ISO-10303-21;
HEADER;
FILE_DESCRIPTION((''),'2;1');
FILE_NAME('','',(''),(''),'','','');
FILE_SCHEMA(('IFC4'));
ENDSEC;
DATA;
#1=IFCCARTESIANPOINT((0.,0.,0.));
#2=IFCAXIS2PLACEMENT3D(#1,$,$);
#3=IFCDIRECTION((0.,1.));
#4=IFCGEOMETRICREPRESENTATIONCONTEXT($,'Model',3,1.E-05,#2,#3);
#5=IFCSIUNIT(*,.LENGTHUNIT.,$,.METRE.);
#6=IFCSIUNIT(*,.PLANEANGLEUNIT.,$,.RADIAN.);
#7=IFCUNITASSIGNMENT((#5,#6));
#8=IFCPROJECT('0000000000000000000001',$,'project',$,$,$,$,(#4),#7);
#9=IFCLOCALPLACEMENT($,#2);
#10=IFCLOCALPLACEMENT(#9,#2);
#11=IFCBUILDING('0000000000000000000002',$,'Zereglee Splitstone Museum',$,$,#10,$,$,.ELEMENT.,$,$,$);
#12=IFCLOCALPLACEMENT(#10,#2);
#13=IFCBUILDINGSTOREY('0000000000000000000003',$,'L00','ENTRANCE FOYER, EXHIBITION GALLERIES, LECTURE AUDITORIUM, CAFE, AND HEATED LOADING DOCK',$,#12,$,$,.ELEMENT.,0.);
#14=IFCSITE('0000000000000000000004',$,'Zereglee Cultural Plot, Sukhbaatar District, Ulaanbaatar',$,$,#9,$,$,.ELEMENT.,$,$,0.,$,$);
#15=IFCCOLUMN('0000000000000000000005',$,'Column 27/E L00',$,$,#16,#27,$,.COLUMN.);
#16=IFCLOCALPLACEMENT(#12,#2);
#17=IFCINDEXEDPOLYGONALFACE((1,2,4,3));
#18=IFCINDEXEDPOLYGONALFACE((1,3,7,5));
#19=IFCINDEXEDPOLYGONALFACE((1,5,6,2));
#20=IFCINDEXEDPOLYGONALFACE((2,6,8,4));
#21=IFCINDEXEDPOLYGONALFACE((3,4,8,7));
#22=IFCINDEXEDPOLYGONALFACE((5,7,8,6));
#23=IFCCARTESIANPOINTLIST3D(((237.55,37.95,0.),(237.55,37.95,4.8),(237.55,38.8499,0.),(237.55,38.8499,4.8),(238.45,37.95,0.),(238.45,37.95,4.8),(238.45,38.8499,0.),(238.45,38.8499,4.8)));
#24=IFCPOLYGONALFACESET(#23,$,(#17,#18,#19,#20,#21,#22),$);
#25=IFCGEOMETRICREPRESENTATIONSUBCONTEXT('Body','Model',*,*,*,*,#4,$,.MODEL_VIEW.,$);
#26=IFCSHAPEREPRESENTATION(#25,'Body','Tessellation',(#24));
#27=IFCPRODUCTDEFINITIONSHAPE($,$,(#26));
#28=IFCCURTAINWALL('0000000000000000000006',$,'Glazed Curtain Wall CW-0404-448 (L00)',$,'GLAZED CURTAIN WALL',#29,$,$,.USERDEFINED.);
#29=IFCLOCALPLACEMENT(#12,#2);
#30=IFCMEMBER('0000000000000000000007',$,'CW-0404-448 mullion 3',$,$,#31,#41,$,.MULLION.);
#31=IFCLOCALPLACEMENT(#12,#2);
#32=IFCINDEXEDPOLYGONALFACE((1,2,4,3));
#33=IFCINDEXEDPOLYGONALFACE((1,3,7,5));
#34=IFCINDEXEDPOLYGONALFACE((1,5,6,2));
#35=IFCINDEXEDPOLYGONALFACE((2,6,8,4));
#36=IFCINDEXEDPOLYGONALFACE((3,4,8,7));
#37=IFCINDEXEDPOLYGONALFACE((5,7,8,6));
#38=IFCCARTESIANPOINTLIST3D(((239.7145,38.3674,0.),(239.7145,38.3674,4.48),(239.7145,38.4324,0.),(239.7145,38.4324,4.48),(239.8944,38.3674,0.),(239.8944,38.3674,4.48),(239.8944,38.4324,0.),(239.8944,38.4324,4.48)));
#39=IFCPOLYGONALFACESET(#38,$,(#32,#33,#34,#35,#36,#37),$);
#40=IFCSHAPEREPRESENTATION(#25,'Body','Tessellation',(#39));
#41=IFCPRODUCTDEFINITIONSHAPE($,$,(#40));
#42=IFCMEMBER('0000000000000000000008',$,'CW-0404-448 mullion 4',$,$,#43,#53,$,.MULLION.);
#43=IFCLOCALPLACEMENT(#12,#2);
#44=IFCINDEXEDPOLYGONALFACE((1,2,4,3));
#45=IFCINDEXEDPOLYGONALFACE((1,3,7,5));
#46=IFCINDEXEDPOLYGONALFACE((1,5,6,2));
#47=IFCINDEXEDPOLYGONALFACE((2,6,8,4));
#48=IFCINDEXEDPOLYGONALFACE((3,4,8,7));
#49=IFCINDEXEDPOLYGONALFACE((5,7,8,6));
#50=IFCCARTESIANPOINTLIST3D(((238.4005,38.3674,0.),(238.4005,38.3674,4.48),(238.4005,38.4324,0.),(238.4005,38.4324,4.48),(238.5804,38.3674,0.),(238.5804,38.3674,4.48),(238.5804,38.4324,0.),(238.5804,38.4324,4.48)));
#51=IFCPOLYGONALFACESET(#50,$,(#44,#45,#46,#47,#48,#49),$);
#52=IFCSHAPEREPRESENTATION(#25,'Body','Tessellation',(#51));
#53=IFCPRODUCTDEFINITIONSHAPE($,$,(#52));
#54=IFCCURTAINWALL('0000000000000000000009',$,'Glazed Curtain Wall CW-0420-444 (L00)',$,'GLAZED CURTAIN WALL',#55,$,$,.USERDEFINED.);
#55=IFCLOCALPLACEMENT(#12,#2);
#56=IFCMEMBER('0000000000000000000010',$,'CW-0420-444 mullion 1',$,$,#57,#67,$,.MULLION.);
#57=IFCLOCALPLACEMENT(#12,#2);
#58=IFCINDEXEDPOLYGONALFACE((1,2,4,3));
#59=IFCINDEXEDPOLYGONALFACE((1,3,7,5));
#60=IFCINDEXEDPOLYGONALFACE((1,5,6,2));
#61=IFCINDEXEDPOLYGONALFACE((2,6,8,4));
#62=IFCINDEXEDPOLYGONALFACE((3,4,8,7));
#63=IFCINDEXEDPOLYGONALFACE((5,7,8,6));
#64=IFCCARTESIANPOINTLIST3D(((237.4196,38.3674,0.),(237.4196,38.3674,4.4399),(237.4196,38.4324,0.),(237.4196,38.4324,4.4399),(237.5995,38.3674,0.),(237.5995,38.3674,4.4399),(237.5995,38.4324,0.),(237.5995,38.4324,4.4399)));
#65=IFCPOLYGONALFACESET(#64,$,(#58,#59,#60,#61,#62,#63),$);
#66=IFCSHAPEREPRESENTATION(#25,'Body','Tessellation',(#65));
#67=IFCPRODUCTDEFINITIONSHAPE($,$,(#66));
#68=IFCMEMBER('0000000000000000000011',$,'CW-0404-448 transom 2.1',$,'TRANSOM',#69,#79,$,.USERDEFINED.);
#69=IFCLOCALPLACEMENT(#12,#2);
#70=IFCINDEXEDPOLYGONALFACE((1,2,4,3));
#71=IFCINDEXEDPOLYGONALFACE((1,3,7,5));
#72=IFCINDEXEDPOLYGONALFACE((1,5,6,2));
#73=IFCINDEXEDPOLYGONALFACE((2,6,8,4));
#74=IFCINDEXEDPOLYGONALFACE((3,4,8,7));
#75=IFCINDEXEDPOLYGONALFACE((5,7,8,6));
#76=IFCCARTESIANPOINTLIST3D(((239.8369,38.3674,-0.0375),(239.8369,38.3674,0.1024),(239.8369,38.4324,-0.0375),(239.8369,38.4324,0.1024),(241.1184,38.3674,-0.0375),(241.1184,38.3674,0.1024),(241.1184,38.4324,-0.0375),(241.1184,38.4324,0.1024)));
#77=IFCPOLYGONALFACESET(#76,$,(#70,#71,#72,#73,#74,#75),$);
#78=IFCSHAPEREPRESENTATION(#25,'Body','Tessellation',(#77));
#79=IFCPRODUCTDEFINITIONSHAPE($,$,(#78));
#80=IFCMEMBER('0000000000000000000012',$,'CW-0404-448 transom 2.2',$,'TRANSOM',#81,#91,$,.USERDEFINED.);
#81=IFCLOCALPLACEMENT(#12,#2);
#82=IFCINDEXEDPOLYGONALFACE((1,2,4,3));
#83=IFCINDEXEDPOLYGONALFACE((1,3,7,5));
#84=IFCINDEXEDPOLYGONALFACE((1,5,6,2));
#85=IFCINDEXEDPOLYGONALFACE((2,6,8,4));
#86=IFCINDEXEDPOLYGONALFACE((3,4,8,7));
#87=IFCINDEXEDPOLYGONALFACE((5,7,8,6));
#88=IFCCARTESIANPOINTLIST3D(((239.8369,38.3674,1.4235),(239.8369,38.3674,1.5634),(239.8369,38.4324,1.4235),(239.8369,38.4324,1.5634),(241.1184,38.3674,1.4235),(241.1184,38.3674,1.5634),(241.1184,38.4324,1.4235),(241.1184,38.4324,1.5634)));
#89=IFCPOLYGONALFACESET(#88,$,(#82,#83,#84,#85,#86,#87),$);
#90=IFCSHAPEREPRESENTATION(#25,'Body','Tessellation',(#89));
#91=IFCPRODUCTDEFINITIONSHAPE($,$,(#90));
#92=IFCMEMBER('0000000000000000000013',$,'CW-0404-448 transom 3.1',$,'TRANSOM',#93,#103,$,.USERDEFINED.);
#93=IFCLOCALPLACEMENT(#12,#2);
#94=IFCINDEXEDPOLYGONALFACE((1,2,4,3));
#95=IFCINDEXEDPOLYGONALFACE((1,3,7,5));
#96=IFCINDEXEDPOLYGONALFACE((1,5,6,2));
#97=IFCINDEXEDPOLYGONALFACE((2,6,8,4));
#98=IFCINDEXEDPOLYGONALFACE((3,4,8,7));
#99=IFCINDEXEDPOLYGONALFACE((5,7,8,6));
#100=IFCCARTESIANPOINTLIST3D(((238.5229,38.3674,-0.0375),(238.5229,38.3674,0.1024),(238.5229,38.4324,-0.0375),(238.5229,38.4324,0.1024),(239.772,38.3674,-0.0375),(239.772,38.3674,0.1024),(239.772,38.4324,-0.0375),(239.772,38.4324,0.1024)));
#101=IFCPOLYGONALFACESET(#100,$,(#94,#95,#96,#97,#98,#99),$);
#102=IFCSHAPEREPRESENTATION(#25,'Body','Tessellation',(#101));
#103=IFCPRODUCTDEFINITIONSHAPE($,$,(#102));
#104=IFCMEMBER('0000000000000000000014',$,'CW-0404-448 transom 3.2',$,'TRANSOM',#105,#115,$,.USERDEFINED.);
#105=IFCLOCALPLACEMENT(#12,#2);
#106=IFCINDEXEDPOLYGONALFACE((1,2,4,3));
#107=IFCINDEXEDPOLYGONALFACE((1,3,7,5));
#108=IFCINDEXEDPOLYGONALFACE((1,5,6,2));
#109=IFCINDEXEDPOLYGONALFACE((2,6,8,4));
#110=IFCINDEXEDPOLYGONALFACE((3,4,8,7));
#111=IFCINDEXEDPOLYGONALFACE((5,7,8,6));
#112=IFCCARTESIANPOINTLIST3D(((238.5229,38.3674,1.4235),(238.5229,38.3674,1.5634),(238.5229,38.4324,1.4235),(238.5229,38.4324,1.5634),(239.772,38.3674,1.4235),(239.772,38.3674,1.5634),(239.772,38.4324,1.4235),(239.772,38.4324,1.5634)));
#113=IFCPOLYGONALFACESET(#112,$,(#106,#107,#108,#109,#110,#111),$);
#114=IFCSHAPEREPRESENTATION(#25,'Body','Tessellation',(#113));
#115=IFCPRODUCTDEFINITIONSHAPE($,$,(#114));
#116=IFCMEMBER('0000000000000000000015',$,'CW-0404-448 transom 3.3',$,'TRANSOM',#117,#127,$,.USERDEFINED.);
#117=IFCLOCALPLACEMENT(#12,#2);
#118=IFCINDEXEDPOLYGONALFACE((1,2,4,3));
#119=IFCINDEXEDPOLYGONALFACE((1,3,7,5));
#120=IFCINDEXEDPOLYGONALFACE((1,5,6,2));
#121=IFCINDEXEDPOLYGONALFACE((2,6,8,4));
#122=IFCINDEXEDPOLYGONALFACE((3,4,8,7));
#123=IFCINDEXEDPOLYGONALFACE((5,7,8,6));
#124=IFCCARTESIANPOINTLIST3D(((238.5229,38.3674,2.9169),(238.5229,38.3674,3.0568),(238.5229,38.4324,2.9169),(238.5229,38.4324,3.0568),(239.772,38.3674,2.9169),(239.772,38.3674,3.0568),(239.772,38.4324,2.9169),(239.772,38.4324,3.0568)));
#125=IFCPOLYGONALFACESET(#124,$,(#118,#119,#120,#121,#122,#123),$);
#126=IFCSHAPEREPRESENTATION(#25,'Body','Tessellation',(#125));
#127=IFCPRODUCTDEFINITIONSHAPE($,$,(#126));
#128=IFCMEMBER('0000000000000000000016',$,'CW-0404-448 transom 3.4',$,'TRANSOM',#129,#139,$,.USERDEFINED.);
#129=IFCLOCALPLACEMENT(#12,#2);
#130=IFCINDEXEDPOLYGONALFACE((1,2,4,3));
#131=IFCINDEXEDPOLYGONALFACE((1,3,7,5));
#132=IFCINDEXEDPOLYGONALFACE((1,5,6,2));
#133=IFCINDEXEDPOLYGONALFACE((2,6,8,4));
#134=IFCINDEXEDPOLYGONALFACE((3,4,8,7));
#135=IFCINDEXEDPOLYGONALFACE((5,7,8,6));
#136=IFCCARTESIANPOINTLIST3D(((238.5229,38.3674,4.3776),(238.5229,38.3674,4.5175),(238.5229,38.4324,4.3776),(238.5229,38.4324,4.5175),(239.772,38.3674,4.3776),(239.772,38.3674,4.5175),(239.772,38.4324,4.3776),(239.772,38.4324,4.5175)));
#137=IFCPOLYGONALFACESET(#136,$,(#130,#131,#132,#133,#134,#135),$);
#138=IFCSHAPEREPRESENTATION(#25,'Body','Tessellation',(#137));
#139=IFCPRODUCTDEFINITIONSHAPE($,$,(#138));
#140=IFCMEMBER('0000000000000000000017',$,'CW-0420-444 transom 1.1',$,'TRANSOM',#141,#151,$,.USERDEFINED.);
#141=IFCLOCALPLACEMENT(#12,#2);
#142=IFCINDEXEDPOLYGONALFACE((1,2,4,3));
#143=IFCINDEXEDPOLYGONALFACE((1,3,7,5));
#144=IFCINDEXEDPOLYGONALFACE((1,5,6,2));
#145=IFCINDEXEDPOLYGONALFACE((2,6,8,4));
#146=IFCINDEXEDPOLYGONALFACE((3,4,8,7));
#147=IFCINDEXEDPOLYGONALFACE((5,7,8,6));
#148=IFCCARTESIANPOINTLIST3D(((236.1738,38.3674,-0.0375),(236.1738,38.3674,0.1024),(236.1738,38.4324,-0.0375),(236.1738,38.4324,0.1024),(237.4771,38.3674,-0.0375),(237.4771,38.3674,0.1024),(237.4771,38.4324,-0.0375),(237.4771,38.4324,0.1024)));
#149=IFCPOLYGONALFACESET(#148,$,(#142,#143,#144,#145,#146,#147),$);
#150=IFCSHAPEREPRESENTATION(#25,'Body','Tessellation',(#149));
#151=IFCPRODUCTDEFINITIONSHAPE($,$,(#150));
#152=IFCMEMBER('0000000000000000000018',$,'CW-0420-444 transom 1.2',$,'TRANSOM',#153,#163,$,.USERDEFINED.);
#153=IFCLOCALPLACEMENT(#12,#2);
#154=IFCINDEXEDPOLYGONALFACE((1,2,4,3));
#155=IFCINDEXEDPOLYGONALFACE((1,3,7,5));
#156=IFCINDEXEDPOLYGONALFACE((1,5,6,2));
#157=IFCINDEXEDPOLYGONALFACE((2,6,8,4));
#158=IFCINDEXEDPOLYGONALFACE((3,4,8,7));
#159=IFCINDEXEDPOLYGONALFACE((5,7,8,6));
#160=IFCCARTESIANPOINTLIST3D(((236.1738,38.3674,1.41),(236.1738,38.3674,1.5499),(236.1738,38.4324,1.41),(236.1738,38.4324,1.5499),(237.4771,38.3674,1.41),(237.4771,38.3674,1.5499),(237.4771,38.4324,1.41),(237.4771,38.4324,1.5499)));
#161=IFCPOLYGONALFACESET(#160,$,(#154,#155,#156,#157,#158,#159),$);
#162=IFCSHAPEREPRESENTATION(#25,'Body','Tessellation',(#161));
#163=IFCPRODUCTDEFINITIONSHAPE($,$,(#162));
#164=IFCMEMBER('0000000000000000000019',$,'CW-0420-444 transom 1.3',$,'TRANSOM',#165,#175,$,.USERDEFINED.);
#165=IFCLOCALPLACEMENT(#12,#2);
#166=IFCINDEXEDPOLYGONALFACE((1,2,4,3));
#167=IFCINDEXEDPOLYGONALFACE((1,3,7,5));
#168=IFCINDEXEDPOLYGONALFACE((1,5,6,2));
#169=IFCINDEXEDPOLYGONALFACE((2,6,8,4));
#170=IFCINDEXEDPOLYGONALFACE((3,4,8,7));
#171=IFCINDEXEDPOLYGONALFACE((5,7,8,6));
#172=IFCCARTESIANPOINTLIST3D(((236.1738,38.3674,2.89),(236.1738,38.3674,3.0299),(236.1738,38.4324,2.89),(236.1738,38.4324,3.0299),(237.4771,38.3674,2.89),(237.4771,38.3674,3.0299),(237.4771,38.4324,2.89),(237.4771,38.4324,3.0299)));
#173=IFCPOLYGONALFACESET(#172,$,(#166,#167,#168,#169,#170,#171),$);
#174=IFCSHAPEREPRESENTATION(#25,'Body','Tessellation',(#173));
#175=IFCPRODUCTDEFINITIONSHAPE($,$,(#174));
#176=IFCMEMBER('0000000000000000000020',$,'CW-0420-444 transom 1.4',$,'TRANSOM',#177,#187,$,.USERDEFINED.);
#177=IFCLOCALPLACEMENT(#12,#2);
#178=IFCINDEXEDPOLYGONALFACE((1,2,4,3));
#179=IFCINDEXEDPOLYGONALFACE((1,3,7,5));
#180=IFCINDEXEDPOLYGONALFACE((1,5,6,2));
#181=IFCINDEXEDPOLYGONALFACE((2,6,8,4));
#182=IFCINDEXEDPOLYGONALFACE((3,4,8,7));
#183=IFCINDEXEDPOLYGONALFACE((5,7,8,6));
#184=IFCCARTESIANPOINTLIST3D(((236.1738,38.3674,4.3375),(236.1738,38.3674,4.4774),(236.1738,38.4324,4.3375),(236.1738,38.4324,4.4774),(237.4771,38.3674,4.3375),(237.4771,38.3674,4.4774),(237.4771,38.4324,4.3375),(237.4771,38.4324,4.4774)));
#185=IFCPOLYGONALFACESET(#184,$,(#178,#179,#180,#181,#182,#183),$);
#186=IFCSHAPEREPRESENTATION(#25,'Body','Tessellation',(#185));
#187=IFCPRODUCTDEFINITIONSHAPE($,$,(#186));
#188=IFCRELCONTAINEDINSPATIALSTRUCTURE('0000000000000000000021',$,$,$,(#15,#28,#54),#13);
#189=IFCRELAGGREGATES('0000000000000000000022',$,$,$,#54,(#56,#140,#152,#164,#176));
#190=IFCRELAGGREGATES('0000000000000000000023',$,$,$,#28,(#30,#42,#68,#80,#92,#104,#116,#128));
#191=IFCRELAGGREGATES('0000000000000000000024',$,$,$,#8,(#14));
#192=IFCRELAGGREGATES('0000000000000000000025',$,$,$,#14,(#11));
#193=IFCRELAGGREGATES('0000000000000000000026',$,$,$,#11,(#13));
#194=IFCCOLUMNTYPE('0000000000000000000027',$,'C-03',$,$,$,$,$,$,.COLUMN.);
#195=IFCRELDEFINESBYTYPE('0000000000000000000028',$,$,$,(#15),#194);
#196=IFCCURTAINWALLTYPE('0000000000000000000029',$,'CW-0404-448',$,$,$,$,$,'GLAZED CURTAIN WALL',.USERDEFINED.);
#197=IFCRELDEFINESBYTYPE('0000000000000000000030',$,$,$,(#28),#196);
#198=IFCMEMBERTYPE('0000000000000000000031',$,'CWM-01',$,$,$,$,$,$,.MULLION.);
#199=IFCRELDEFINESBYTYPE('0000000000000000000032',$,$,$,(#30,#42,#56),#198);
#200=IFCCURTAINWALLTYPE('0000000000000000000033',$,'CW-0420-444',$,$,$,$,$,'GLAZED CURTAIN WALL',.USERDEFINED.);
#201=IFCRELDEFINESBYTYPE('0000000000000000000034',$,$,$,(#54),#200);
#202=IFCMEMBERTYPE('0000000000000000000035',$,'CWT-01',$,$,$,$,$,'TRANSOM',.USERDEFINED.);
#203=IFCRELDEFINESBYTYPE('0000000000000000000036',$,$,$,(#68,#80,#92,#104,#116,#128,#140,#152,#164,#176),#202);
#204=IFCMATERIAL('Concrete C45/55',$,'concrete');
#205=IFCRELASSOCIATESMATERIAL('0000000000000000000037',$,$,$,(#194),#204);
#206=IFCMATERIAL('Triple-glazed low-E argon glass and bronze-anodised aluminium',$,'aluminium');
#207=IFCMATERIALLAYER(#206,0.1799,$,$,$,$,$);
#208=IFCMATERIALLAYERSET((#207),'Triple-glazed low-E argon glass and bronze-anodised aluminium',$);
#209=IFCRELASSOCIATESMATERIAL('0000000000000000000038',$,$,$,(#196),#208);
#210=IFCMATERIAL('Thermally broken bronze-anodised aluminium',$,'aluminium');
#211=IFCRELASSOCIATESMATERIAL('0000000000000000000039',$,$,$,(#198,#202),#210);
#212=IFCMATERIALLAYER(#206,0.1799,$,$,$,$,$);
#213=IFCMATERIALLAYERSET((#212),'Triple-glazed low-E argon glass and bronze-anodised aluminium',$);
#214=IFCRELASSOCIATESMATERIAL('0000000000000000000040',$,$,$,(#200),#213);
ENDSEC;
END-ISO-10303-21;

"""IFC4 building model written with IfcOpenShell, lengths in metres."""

from ifc_helpers import new_model, si_unit, direction, frame, origin, origin_2d, place, context, subcontext, project, spatial, rectangle, extrude, material, layer, layer_set, material_profile, profile_set, type_object, element, aggregate, save


model = new_model("IFC4")

# Units and contexts
model_context = context("Model", 3, precision=1e-05, world=origin(), true_north=direction((0.0, 1.0)))
body_context = subcontext(model_context, "Body", "Model", "MODEL_VIEW")
ifc_project = project(units=[si_unit("LENGTHUNIT", "METRE"), si_unit("PLANEANGLEUNIT", "RADIAN")], contexts=[model_context])

# Site, building, storey
site_placement = place(None, origin())
site = spatial("IfcSite", under=ifc_project, at=site_placement, Name="Zereglee Cultural Plot, Sukhbaatar District, Ulaanbaatar", CompositionType="ELEMENT", RefElevation=0.0)
building_placement = place(site_placement, origin())
building = spatial("IfcBuilding", under=site, at=building_placement, Name="Zereglee Splitstone Museum", CompositionType="ELEMENT")
storey_placement = place(building_placement, origin())
storey = spatial("IfcBuildingStorey", under=building, at=storey_placement, Name="L00", Description="ENTRANCE FOYER, EXHIBITION GALLERIES, LECTURE AUDITORIUM, CAFE, AND HEATED LOADING DOCK", CompositionType="ELEMENT", Elevation=0.0)

# Column
ifc_material_1 = material(Name="Concrete C45/55", Category="concrete")
ifc_material_profile_1 = material_profile(ifc_material_1, rectangle(XDim=0.8999, YDim=0.8999, at=origin_2d()), Name="RC 900x900")
ifc_profile_set_1 = profile_set([ifc_material_profile_1], Name="Concrete C45/55")
column_type = type_object("IfcColumnType", Name="C-03", PredefinedType="COLUMN", material=ifc_profile_set_1)
column_placement = place(storey_placement, frame((238.0, 38.3999, 0.0), z_axis=(0.0, 0.0, 1.0), x_axis=(1.0, 0.0, 0.0)))
element("IfcColumn", 1, at=column_placement, inside=storey, type_object=column_type, Name="Column 27/E L00", PredefinedType="COLUMN", context=body_context, shape_type="SweptSolid", body=[
    extrude(rectangle(XDim=0.8999, YDim=0.8999, at=origin_2d()), origin(), (0.0, 0.0, 1.0), 4.8),
])

# Curtain wall, members
ifc_material_2 = material(Name="Triple-glazed low-E argon glass and bronze-anodised aluminium", Category="aluminium")
ifc_layer_1 = layer(ifc_material_2, 0.1799)
ifc_layer_set_1 = layer_set([ifc_layer_1], Name="Triple-glazed low-E argon glass and bronze-anodised aluminium")
curtain_wall_type_1 = type_object("IfcCurtainWallType", Name="CW-0404-448", ElementType="GLAZED CURTAIN WALL", PredefinedType="USERDEFINED", material=ifc_layer_set_1)
curtain_wall_1_placement = place(storey_placement, origin())
curtain_wall_1 = element("IfcCurtainWall", 2, at=curtain_wall_1_placement, inside=storey, type_object=curtain_wall_type_1, Name="Glazed Curtain Wall CW-0404-448 (L00)", ObjectType="GLAZED CURTAIN WALL", PredefinedType="USERDEFINED")
ifc_material_3 = material(Name="Thermally broken bronze-anodised aluminium", Category="aluminium")
ifc_material_profile_2 = material_profile(ifc_material_3, rectangle(XDim=0.0649, YDim=0.1799, at=origin_2d()), Name="CW MULL 65x180")
ifc_profile_set_2 = profile_set([ifc_material_profile_2], Name="Thermally broken bronze-anodised aluminium")
member_type_1 = type_object("IfcMemberType", Name="CWM-01", PredefinedType="MULLION", material=ifc_profile_set_2)
member_1_placement = place(storey_placement, frame((239.8044, 38.3999, 0.0), z_axis=(0.0, 0.0, 1.0), x_axis=(0.0, -1.0, 0.0)))
member_1 = element("IfcMember", 3, at=member_1_placement, type_object=member_type_1, Name="CW-0404-448 mullion 3", PredefinedType="MULLION", context=body_context, shape_type="SweptSolid", body=[
    extrude(rectangle(XDim=0.0649, YDim=0.1799, at=origin_2d()), origin(), (0.0, 0.0, 1.0), 4.48),
])
member_2_placement = place(storey_placement, frame((238.4905, 38.3999, 0.0), z_axis=(0.0, 0.0, 1.0), x_axis=(0.0, -1.0, 0.0)))
member_2 = element("IfcMember", 4, at=member_2_placement, type_object=member_type_1, Name="CW-0404-448 mullion 4", PredefinedType="MULLION", context=body_context, shape_type="SweptSolid", body=[
    extrude(rectangle(XDim=0.0649, YDim=0.1799, at=origin_2d()), origin(), (0.0, 0.0, 1.0), 4.48),
])

# Curtain wall, member
ifc_layer_2 = layer(ifc_material_2, 0.1799)
ifc_layer_set_2 = layer_set([ifc_layer_2], Name="Triple-glazed low-E argon glass and bronze-anodised aluminium")
curtain_wall_type_2 = type_object("IfcCurtainWallType", Name="CW-0420-444", ElementType="GLAZED CURTAIN WALL", PredefinedType="USERDEFINED", material=ifc_layer_set_2)
curtain_wall_2_placement = place(storey_placement, origin())
curtain_wall_2 = element("IfcCurtainWall", 5, at=curtain_wall_2_placement, inside=storey, type_object=curtain_wall_type_2, Name="Glazed Curtain Wall CW-0420-444 (L00)", ObjectType="GLAZED CURTAIN WALL", PredefinedType="USERDEFINED")
member_3_placement = place(storey_placement, frame((237.5095, 38.3999, 0.0), z_axis=(0.0, 0.0, 1.0), x_axis=(0.0, -1.0, 0.0)))
member_3 = element("IfcMember", 6, at=member_3_placement, type_object=member_type_1, Name="CW-0420-444 mullion 1", PredefinedType="MULLION", context=body_context, shape_type="SweptSolid", body=[
    extrude(rectangle(XDim=0.0649, YDim=0.1799, at=origin_2d()), origin(), (0.0, 0.0, 1.0), 4.4399),
])

# Members
ifc_material_profile_3 = material_profile(ifc_material_3, rectangle(XDim=0.0649, YDim=0.1399, at=origin_2d()), Name="CW TRAN 65x140")
ifc_profile_set_3 = profile_set([ifc_material_profile_3], Name="Thermally broken bronze-anodised aluminium")
member_type_2 = type_object("IfcMemberType", Name="CWT-01", ElementType="TRANSOM", PredefinedType="USERDEFINED", material=ifc_profile_set_3)
member_4_placement = place(storey_placement, frame((241.1184, 38.3999, 0.0325), z_axis=(-1.0, 0.0, 0.0), x_axis=(0.0, -1.0, 0.0)))
member_4 = element("IfcMember", 7, at=member_4_placement, type_object=member_type_2, Name="CW-0404-448 transom 2.1", ObjectType="TRANSOM", PredefinedType="USERDEFINED", context=body_context, shape_type="SweptSolid", body=[
    extrude(rectangle(XDim=0.0649, YDim=0.1399, at=origin_2d()), origin(), (0.0, 0.0, 1.0), 1.2815),
])
member_5_placement = place(storey_placement, frame((241.1184, 38.3999, 1.4934), z_axis=(-1.0, 0.0, 0.0), x_axis=(0.0, -1.0, 0.0)))
member_5 = element("IfcMember", 8, at=member_5_placement, type_object=member_type_2, Name="CW-0404-448 transom 2.2", ObjectType="TRANSOM", PredefinedType="USERDEFINED", context=body_context, shape_type="SweptSolid", body=[
    extrude(rectangle(XDim=0.0649, YDim=0.1399, at=origin_2d()), origin(), (0.0, 0.0, 1.0), 1.2815),
])
member_6_placement = place(storey_placement, frame((239.772, 38.3999, 0.0325), z_axis=(-1.0, 0.0, 0.0), x_axis=(0.0, -1.0, 0.0)))
member_6 = element("IfcMember", 9, at=member_6_placement, type_object=member_type_2, Name="CW-0404-448 transom 3.1", ObjectType="TRANSOM", PredefinedType="USERDEFINED", context=body_context, shape_type="SweptSolid", body=[
    extrude(rectangle(XDim=0.0649, YDim=0.1399, at=origin_2d()), origin(), (0.0, 0.0, 1.0), 1.249),
])
member_7_placement = place(storey_placement, frame((239.772, 38.3999, 1.4934), z_axis=(-1.0, 0.0, 0.0), x_axis=(0.0, -1.0, 0.0)))
member_7 = element("IfcMember", 10, at=member_7_placement, type_object=member_type_2, Name="CW-0404-448 transom 3.2", ObjectType="TRANSOM", PredefinedType="USERDEFINED", context=body_context, shape_type="SweptSolid", body=[
    extrude(rectangle(XDim=0.0649, YDim=0.1399, at=origin_2d()), origin(), (0.0, 0.0, 1.0), 1.249),
])
member_8_placement = place(storey_placement, frame((239.772, 38.3999, 2.9868), z_axis=(-1.0, 0.0, 0.0), x_axis=(0.0, -1.0, 0.0)))
member_8 = element("IfcMember", 11, at=member_8_placement, type_object=member_type_2, Name="CW-0404-448 transom 3.3", ObjectType="TRANSOM", PredefinedType="USERDEFINED", context=body_context, shape_type="SweptSolid", body=[
    extrude(rectangle(XDim=0.0649, YDim=0.1399, at=origin_2d()), origin(), (0.0, 0.0, 1.0), 1.249),
])
member_9_placement = place(storey_placement, frame((239.772, 38.3999, 4.4475), z_axis=(-1.0, 0.0, 0.0), x_axis=(0.0, -1.0, 0.0)))
member_9 = element("IfcMember", 12, at=member_9_placement, type_object=member_type_2, Name="CW-0404-448 transom 3.4", ObjectType="TRANSOM", PredefinedType="USERDEFINED", context=body_context, shape_type="SweptSolid", body=[
    extrude(rectangle(XDim=0.0649, YDim=0.1399, at=origin_2d()), origin(), (0.0, 0.0, 1.0), 1.249),
])
member_10_placement = place(storey_placement, frame((237.4771, 38.3999, 0.0325), z_axis=(-1.0, 0.0, 0.0), x_axis=(0.0, -1.0, 0.0)))
member_10 = element("IfcMember", 13, at=member_10_placement, type_object=member_type_2, Name="CW-0420-444 transom 1.1", ObjectType="TRANSOM", PredefinedType="USERDEFINED", context=body_context, shape_type="SweptSolid", body=[
    extrude(rectangle(XDim=0.0649, YDim=0.1399, at=origin_2d()), origin(), (0.0, 0.0, 1.0), 1.3032),
])
member_11_placement = place(storey_placement, frame((237.4771, 38.3999, 1.48), z_axis=(-1.0, 0.0, 0.0), x_axis=(0.0, -1.0, 0.0)))
member_11 = element("IfcMember", 14, at=member_11_placement, type_object=member_type_2, Name="CW-0420-444 transom 1.2", ObjectType="TRANSOM", PredefinedType="USERDEFINED", context=body_context, shape_type="SweptSolid", body=[
    extrude(rectangle(XDim=0.0649, YDim=0.1399, at=origin_2d()), origin(), (0.0, 0.0, 1.0), 1.3032),
])
member_12_placement = place(storey_placement, frame((237.4771, 38.3999, 2.96), z_axis=(-1.0, 0.0, 0.0), x_axis=(0.0, -1.0, 0.0)))
member_12 = element("IfcMember", 15, at=member_12_placement, type_object=member_type_2, Name="CW-0420-444 transom 1.3", ObjectType="TRANSOM", PredefinedType="USERDEFINED", context=body_context, shape_type="SweptSolid", body=[
    extrude(rectangle(XDim=0.0649, YDim=0.1399, at=origin_2d()), origin(), (0.0, 0.0, 1.0), 1.3032),
])
member_13_placement = place(storey_placement, frame((237.4771, 38.3999, 4.4075), z_axis=(-1.0, 0.0, 0.0), x_axis=(0.0, -1.0, 0.0)))
member_13 = element("IfcMember", 16, at=member_13_placement, type_object=member_type_2, Name="CW-0420-444 transom 1.4", ObjectType="TRANSOM", PredefinedType="USERDEFINED", context=body_context, shape_type="SweptSolid", body=[
    extrude(rectangle(XDim=0.0649, YDim=0.1399, at=origin_2d()), origin(), (0.0, 0.0, 1.0), 1.3032),
])
aggregate(curtain_wall_2, [member_3, member_10, member_11, member_12, member_13])

aggregate(curtain_wall_1, [member_1, member_2, member_4, member_5, member_6, member_7, member_8, member_9])

save(model, "model.ifc")
